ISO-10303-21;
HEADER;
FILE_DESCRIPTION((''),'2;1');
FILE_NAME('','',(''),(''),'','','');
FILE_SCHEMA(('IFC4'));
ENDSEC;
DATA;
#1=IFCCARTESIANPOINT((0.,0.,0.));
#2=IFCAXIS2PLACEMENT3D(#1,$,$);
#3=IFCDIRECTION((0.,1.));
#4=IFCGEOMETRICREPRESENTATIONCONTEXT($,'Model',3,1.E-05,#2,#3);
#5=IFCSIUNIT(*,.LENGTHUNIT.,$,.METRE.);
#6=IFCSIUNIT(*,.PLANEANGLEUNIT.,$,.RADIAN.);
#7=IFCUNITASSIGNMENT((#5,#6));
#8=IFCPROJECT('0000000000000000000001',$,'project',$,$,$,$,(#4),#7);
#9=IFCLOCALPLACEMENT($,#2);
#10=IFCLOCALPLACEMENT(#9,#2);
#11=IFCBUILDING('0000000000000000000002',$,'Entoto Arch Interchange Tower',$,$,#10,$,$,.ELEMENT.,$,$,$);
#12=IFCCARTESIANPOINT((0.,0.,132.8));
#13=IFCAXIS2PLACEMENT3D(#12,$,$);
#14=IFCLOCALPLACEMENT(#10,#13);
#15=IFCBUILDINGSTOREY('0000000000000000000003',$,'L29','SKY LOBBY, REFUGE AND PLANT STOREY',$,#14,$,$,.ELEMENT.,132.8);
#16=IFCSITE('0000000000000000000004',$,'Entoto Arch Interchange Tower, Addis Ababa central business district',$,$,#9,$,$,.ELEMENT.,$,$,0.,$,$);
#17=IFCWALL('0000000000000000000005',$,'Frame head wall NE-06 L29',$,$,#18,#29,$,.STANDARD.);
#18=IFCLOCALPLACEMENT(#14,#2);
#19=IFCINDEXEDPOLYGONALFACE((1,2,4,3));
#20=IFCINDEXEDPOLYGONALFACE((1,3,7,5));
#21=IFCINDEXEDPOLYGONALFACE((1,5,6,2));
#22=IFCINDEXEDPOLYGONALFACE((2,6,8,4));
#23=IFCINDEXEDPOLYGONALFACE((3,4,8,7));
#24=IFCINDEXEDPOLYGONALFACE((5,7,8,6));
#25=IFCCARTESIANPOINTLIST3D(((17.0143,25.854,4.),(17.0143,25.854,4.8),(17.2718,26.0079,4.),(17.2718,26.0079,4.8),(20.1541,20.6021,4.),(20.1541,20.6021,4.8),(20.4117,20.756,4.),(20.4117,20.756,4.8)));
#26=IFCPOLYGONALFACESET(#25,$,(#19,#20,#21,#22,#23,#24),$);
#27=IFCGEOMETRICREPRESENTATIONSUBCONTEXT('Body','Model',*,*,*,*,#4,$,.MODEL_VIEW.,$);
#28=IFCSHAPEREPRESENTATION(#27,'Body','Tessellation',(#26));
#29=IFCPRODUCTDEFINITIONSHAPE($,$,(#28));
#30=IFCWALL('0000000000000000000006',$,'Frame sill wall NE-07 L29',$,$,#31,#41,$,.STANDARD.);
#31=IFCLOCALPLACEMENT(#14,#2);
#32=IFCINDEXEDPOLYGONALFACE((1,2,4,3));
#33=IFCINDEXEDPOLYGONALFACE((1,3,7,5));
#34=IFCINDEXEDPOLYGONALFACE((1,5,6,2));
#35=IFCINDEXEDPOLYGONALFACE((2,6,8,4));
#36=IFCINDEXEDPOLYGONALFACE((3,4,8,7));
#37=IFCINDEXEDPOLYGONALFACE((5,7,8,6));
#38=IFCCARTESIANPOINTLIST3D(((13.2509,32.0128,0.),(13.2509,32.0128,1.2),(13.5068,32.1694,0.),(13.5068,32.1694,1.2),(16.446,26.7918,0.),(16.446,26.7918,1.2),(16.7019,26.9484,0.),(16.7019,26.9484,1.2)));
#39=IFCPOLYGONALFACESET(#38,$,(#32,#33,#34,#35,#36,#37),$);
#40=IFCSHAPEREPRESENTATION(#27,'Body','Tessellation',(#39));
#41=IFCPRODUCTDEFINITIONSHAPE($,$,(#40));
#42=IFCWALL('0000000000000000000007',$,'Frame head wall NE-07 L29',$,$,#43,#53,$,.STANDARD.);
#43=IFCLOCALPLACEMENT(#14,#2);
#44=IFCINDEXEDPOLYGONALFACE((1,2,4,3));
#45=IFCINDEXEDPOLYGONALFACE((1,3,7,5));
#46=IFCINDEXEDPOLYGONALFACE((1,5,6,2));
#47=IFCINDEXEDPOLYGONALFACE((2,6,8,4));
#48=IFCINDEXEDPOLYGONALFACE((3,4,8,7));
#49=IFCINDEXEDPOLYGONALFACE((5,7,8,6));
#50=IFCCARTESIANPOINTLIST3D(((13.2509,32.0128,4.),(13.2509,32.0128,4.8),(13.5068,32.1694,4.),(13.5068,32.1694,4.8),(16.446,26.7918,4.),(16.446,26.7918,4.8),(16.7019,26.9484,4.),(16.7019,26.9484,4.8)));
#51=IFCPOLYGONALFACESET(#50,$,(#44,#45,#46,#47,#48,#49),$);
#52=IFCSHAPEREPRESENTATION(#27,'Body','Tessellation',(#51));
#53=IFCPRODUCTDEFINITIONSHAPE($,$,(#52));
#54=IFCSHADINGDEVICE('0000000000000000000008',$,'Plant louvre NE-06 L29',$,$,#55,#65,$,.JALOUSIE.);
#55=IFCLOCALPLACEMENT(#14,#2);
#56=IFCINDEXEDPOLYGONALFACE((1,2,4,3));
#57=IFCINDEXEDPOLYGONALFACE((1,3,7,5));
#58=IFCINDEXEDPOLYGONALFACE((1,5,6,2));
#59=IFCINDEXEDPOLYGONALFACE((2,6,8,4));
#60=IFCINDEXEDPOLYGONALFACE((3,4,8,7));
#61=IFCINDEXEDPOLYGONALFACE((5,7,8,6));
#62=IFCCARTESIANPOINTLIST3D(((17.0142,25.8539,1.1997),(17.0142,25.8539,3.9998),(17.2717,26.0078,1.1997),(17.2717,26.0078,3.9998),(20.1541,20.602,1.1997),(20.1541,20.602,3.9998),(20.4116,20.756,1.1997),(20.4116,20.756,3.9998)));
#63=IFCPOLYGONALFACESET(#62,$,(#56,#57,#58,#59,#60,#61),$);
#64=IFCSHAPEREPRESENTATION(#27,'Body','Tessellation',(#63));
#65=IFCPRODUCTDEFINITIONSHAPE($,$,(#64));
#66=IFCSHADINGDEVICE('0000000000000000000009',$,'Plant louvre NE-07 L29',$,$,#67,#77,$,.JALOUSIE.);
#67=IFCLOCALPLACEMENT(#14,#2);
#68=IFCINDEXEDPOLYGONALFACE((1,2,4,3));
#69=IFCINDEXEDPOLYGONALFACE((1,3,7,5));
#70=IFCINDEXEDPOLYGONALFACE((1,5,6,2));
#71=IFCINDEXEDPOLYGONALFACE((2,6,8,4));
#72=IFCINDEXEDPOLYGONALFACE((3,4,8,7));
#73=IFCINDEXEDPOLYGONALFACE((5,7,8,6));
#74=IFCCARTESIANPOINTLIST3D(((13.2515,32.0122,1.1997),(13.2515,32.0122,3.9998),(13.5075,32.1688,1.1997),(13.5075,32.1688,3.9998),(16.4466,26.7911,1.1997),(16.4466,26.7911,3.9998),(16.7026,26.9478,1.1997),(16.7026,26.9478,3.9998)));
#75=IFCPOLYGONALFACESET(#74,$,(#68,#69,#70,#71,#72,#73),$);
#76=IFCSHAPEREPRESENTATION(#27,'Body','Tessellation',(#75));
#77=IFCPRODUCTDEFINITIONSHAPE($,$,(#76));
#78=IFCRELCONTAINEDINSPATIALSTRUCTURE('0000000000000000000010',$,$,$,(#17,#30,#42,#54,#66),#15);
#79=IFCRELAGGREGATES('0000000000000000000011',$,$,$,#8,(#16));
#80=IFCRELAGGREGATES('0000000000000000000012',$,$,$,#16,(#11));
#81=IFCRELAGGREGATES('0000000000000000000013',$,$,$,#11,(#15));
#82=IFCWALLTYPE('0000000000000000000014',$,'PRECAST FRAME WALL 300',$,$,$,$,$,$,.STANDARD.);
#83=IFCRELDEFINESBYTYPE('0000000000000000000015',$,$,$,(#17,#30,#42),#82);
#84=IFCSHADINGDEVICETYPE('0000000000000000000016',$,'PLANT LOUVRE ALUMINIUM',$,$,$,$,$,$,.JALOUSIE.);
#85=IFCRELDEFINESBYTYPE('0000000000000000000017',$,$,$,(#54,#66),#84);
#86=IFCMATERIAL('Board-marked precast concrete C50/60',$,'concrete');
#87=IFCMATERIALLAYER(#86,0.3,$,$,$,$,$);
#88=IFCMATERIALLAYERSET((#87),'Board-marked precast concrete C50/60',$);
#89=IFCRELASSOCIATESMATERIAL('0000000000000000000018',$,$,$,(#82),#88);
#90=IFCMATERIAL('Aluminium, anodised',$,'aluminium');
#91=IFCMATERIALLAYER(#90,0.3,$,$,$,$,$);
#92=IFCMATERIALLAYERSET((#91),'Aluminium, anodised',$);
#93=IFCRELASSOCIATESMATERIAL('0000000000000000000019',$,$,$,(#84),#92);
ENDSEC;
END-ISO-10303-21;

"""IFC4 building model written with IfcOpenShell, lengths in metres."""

from ifc_helpers import new_model, si_unit, direction, frame, frame_2d, origin, origin_2d, place, context, subcontext, project, spatial, rectangle, extrude, material, layer, layer_set, type_object, element, save


model = new_model("IFC4")

# Units and contexts
model_context = context("Model", 3, precision=1e-05, world=origin(), true_north=direction((0.0, 1.0)))
body_context = subcontext(model_context, "Body", "Model", "MODEL_VIEW")
ifc_project = project(units=[si_unit("LENGTHUNIT", "METRE"), si_unit("PLANEANGLEUNIT", "RADIAN")], contexts=[model_context])

# Site, building, storey
site_placement = place(None, origin())
site = spatial("IfcSite", under=ifc_project, at=site_placement, Name="Entoto Arch Interchange Tower, Addis Ababa central business district", CompositionType="ELEMENT", RefElevation=0.0)
building_placement = place(site_placement, origin())
building = spatial("IfcBuilding", under=site, at=building_placement, Name="Entoto Arch Interchange Tower", CompositionType="ELEMENT")
storey_placement = place(building_placement, frame((0.0, 0.0, 132.8)))
storey = spatial("IfcBuildingStorey", under=building, at=storey_placement, Name="L29", Description="SKY LOBBY, REFUGE AND PLANT STOREY", CompositionType="ELEMENT", Elevation=132.8)

# Walls
ifc_material_1 = material(Name="Board-marked precast concrete C50/60", Category="concrete")
ifc_layer_1 = layer(ifc_material_1, 0.3)
ifc_layer_set_1 = layer_set([ifc_layer_1], Name="Board-marked precast concrete C50/60")
wall_type_1 = type_object("IfcWallType", Name="PRECAST FRAME WALL 300", PredefinedType="STANDARD", material=ifc_layer_set_1)
wall_1_placement = place(storey_placement, frame((20.283, 20.679, 4.0), z_axis=(0.0, 0.0, 1.0), x_axis=(-0.51314, 0.858305, 0.0)))
element("IfcWall", 1, at=wall_1_placement, inside=storey, type_object=wall_type_1, Name="Frame head wall NE-06 L29", PredefinedType="STANDARD", context=body_context, shape_type="SweptSolid", body=[
    extrude(rectangle(XDim=6.1189, YDim=0.3, at=frame_2d((3.0596, 0.0))), origin(), (0.0, 0.0, 1.0), 0.8),
])
wall_2_placement = place(storey_placement, frame((16.574, 26.8701, 0.0), z_axis=(0.0, 0.0, 1.0), x_axis=(-0.521984, 0.852955, 0.0)))
element("IfcWall", 2, at=wall_2_placement, inside=storey, type_object=wall_type_1, Name="Frame sill wall NE-07 L29", PredefinedType="STANDARD", context=body_context, shape_type="SweptSolid", body=[
    extrude(rectangle(XDim=6.1211, YDim=0.3, at=frame_2d((3.0605, 0.0))), origin(), (0.0, 0.0, 1.0), 1.2),
])
wall_3_placement = place(storey_placement, frame((16.574, 26.8701, 4.0), z_axis=(0.0, 0.0, 1.0), x_axis=(-0.521984, 0.852955, 0.0)))
element("IfcWall", 3, at=wall_3_placement, inside=storey, type_object=wall_type_1, Name="Frame head wall NE-07 L29", PredefinedType="STANDARD", context=body_context, shape_type="SweptSolid", body=[
    extrude(rectangle(XDim=6.1211, YDim=0.3, at=frame_2d((3.0605, 0.0))), origin(), (0.0, 0.0, 1.0), 0.8),
])

# Shading devices
ifc_material_2 = material(Name="Aluminium, anodised", Category="aluminium")
ifc_layer_2 = layer(ifc_material_2, 0.3)
ifc_layer_set_2 = layer_set([ifc_layer_2], Name="Aluminium, anodised")
shading_device_type = type_object("IfcShadingDeviceType", Name="PLANT LOUVRE ALUMINIUM", PredefinedType="JALOUSIE", material=ifc_layer_set_2)
shading_device_1_placement = place(storey_placement, frame((18.7129, 23.3049, 1.1997), z_axis=(0.0, 0.0, 1.0), x_axis=(-0.513152, 0.858298, 0.0)))
element("IfcShadingDevice", 4, at=shading_device_1_placement, inside=storey, type_object=shading_device_type, Name="Plant louvre NE-06 L29", PredefinedType="JALOUSIE", context=body_context, shape_type="SweptSolid", body=[
    extrude(rectangle(XDim=6.1189, YDim=0.3, at=origin_2d()), origin(), (0.0, 0.0, 1.0), 2.8),
])
shading_device_2_placement = place(storey_placement, frame((14.9771, 29.48, 1.1997), z_axis=(0.0, 0.0, 1.0), x_axis=(-0.521978, 0.852959, 0.0)))
element("IfcShadingDevice", 5, at=shading_device_2_placement, inside=storey, type_object=shading_device_type, Name="Plant louvre NE-07 L29", PredefinedType="JALOUSIE", context=body_context, shape_type="SweptSolid", body=[
    extrude(rectangle(XDim=6.1211, YDim=0.3, at=origin_2d()), origin(), (0.0, 0.0, 1.0), 2.8),
])

save(model, "model.ifc")
